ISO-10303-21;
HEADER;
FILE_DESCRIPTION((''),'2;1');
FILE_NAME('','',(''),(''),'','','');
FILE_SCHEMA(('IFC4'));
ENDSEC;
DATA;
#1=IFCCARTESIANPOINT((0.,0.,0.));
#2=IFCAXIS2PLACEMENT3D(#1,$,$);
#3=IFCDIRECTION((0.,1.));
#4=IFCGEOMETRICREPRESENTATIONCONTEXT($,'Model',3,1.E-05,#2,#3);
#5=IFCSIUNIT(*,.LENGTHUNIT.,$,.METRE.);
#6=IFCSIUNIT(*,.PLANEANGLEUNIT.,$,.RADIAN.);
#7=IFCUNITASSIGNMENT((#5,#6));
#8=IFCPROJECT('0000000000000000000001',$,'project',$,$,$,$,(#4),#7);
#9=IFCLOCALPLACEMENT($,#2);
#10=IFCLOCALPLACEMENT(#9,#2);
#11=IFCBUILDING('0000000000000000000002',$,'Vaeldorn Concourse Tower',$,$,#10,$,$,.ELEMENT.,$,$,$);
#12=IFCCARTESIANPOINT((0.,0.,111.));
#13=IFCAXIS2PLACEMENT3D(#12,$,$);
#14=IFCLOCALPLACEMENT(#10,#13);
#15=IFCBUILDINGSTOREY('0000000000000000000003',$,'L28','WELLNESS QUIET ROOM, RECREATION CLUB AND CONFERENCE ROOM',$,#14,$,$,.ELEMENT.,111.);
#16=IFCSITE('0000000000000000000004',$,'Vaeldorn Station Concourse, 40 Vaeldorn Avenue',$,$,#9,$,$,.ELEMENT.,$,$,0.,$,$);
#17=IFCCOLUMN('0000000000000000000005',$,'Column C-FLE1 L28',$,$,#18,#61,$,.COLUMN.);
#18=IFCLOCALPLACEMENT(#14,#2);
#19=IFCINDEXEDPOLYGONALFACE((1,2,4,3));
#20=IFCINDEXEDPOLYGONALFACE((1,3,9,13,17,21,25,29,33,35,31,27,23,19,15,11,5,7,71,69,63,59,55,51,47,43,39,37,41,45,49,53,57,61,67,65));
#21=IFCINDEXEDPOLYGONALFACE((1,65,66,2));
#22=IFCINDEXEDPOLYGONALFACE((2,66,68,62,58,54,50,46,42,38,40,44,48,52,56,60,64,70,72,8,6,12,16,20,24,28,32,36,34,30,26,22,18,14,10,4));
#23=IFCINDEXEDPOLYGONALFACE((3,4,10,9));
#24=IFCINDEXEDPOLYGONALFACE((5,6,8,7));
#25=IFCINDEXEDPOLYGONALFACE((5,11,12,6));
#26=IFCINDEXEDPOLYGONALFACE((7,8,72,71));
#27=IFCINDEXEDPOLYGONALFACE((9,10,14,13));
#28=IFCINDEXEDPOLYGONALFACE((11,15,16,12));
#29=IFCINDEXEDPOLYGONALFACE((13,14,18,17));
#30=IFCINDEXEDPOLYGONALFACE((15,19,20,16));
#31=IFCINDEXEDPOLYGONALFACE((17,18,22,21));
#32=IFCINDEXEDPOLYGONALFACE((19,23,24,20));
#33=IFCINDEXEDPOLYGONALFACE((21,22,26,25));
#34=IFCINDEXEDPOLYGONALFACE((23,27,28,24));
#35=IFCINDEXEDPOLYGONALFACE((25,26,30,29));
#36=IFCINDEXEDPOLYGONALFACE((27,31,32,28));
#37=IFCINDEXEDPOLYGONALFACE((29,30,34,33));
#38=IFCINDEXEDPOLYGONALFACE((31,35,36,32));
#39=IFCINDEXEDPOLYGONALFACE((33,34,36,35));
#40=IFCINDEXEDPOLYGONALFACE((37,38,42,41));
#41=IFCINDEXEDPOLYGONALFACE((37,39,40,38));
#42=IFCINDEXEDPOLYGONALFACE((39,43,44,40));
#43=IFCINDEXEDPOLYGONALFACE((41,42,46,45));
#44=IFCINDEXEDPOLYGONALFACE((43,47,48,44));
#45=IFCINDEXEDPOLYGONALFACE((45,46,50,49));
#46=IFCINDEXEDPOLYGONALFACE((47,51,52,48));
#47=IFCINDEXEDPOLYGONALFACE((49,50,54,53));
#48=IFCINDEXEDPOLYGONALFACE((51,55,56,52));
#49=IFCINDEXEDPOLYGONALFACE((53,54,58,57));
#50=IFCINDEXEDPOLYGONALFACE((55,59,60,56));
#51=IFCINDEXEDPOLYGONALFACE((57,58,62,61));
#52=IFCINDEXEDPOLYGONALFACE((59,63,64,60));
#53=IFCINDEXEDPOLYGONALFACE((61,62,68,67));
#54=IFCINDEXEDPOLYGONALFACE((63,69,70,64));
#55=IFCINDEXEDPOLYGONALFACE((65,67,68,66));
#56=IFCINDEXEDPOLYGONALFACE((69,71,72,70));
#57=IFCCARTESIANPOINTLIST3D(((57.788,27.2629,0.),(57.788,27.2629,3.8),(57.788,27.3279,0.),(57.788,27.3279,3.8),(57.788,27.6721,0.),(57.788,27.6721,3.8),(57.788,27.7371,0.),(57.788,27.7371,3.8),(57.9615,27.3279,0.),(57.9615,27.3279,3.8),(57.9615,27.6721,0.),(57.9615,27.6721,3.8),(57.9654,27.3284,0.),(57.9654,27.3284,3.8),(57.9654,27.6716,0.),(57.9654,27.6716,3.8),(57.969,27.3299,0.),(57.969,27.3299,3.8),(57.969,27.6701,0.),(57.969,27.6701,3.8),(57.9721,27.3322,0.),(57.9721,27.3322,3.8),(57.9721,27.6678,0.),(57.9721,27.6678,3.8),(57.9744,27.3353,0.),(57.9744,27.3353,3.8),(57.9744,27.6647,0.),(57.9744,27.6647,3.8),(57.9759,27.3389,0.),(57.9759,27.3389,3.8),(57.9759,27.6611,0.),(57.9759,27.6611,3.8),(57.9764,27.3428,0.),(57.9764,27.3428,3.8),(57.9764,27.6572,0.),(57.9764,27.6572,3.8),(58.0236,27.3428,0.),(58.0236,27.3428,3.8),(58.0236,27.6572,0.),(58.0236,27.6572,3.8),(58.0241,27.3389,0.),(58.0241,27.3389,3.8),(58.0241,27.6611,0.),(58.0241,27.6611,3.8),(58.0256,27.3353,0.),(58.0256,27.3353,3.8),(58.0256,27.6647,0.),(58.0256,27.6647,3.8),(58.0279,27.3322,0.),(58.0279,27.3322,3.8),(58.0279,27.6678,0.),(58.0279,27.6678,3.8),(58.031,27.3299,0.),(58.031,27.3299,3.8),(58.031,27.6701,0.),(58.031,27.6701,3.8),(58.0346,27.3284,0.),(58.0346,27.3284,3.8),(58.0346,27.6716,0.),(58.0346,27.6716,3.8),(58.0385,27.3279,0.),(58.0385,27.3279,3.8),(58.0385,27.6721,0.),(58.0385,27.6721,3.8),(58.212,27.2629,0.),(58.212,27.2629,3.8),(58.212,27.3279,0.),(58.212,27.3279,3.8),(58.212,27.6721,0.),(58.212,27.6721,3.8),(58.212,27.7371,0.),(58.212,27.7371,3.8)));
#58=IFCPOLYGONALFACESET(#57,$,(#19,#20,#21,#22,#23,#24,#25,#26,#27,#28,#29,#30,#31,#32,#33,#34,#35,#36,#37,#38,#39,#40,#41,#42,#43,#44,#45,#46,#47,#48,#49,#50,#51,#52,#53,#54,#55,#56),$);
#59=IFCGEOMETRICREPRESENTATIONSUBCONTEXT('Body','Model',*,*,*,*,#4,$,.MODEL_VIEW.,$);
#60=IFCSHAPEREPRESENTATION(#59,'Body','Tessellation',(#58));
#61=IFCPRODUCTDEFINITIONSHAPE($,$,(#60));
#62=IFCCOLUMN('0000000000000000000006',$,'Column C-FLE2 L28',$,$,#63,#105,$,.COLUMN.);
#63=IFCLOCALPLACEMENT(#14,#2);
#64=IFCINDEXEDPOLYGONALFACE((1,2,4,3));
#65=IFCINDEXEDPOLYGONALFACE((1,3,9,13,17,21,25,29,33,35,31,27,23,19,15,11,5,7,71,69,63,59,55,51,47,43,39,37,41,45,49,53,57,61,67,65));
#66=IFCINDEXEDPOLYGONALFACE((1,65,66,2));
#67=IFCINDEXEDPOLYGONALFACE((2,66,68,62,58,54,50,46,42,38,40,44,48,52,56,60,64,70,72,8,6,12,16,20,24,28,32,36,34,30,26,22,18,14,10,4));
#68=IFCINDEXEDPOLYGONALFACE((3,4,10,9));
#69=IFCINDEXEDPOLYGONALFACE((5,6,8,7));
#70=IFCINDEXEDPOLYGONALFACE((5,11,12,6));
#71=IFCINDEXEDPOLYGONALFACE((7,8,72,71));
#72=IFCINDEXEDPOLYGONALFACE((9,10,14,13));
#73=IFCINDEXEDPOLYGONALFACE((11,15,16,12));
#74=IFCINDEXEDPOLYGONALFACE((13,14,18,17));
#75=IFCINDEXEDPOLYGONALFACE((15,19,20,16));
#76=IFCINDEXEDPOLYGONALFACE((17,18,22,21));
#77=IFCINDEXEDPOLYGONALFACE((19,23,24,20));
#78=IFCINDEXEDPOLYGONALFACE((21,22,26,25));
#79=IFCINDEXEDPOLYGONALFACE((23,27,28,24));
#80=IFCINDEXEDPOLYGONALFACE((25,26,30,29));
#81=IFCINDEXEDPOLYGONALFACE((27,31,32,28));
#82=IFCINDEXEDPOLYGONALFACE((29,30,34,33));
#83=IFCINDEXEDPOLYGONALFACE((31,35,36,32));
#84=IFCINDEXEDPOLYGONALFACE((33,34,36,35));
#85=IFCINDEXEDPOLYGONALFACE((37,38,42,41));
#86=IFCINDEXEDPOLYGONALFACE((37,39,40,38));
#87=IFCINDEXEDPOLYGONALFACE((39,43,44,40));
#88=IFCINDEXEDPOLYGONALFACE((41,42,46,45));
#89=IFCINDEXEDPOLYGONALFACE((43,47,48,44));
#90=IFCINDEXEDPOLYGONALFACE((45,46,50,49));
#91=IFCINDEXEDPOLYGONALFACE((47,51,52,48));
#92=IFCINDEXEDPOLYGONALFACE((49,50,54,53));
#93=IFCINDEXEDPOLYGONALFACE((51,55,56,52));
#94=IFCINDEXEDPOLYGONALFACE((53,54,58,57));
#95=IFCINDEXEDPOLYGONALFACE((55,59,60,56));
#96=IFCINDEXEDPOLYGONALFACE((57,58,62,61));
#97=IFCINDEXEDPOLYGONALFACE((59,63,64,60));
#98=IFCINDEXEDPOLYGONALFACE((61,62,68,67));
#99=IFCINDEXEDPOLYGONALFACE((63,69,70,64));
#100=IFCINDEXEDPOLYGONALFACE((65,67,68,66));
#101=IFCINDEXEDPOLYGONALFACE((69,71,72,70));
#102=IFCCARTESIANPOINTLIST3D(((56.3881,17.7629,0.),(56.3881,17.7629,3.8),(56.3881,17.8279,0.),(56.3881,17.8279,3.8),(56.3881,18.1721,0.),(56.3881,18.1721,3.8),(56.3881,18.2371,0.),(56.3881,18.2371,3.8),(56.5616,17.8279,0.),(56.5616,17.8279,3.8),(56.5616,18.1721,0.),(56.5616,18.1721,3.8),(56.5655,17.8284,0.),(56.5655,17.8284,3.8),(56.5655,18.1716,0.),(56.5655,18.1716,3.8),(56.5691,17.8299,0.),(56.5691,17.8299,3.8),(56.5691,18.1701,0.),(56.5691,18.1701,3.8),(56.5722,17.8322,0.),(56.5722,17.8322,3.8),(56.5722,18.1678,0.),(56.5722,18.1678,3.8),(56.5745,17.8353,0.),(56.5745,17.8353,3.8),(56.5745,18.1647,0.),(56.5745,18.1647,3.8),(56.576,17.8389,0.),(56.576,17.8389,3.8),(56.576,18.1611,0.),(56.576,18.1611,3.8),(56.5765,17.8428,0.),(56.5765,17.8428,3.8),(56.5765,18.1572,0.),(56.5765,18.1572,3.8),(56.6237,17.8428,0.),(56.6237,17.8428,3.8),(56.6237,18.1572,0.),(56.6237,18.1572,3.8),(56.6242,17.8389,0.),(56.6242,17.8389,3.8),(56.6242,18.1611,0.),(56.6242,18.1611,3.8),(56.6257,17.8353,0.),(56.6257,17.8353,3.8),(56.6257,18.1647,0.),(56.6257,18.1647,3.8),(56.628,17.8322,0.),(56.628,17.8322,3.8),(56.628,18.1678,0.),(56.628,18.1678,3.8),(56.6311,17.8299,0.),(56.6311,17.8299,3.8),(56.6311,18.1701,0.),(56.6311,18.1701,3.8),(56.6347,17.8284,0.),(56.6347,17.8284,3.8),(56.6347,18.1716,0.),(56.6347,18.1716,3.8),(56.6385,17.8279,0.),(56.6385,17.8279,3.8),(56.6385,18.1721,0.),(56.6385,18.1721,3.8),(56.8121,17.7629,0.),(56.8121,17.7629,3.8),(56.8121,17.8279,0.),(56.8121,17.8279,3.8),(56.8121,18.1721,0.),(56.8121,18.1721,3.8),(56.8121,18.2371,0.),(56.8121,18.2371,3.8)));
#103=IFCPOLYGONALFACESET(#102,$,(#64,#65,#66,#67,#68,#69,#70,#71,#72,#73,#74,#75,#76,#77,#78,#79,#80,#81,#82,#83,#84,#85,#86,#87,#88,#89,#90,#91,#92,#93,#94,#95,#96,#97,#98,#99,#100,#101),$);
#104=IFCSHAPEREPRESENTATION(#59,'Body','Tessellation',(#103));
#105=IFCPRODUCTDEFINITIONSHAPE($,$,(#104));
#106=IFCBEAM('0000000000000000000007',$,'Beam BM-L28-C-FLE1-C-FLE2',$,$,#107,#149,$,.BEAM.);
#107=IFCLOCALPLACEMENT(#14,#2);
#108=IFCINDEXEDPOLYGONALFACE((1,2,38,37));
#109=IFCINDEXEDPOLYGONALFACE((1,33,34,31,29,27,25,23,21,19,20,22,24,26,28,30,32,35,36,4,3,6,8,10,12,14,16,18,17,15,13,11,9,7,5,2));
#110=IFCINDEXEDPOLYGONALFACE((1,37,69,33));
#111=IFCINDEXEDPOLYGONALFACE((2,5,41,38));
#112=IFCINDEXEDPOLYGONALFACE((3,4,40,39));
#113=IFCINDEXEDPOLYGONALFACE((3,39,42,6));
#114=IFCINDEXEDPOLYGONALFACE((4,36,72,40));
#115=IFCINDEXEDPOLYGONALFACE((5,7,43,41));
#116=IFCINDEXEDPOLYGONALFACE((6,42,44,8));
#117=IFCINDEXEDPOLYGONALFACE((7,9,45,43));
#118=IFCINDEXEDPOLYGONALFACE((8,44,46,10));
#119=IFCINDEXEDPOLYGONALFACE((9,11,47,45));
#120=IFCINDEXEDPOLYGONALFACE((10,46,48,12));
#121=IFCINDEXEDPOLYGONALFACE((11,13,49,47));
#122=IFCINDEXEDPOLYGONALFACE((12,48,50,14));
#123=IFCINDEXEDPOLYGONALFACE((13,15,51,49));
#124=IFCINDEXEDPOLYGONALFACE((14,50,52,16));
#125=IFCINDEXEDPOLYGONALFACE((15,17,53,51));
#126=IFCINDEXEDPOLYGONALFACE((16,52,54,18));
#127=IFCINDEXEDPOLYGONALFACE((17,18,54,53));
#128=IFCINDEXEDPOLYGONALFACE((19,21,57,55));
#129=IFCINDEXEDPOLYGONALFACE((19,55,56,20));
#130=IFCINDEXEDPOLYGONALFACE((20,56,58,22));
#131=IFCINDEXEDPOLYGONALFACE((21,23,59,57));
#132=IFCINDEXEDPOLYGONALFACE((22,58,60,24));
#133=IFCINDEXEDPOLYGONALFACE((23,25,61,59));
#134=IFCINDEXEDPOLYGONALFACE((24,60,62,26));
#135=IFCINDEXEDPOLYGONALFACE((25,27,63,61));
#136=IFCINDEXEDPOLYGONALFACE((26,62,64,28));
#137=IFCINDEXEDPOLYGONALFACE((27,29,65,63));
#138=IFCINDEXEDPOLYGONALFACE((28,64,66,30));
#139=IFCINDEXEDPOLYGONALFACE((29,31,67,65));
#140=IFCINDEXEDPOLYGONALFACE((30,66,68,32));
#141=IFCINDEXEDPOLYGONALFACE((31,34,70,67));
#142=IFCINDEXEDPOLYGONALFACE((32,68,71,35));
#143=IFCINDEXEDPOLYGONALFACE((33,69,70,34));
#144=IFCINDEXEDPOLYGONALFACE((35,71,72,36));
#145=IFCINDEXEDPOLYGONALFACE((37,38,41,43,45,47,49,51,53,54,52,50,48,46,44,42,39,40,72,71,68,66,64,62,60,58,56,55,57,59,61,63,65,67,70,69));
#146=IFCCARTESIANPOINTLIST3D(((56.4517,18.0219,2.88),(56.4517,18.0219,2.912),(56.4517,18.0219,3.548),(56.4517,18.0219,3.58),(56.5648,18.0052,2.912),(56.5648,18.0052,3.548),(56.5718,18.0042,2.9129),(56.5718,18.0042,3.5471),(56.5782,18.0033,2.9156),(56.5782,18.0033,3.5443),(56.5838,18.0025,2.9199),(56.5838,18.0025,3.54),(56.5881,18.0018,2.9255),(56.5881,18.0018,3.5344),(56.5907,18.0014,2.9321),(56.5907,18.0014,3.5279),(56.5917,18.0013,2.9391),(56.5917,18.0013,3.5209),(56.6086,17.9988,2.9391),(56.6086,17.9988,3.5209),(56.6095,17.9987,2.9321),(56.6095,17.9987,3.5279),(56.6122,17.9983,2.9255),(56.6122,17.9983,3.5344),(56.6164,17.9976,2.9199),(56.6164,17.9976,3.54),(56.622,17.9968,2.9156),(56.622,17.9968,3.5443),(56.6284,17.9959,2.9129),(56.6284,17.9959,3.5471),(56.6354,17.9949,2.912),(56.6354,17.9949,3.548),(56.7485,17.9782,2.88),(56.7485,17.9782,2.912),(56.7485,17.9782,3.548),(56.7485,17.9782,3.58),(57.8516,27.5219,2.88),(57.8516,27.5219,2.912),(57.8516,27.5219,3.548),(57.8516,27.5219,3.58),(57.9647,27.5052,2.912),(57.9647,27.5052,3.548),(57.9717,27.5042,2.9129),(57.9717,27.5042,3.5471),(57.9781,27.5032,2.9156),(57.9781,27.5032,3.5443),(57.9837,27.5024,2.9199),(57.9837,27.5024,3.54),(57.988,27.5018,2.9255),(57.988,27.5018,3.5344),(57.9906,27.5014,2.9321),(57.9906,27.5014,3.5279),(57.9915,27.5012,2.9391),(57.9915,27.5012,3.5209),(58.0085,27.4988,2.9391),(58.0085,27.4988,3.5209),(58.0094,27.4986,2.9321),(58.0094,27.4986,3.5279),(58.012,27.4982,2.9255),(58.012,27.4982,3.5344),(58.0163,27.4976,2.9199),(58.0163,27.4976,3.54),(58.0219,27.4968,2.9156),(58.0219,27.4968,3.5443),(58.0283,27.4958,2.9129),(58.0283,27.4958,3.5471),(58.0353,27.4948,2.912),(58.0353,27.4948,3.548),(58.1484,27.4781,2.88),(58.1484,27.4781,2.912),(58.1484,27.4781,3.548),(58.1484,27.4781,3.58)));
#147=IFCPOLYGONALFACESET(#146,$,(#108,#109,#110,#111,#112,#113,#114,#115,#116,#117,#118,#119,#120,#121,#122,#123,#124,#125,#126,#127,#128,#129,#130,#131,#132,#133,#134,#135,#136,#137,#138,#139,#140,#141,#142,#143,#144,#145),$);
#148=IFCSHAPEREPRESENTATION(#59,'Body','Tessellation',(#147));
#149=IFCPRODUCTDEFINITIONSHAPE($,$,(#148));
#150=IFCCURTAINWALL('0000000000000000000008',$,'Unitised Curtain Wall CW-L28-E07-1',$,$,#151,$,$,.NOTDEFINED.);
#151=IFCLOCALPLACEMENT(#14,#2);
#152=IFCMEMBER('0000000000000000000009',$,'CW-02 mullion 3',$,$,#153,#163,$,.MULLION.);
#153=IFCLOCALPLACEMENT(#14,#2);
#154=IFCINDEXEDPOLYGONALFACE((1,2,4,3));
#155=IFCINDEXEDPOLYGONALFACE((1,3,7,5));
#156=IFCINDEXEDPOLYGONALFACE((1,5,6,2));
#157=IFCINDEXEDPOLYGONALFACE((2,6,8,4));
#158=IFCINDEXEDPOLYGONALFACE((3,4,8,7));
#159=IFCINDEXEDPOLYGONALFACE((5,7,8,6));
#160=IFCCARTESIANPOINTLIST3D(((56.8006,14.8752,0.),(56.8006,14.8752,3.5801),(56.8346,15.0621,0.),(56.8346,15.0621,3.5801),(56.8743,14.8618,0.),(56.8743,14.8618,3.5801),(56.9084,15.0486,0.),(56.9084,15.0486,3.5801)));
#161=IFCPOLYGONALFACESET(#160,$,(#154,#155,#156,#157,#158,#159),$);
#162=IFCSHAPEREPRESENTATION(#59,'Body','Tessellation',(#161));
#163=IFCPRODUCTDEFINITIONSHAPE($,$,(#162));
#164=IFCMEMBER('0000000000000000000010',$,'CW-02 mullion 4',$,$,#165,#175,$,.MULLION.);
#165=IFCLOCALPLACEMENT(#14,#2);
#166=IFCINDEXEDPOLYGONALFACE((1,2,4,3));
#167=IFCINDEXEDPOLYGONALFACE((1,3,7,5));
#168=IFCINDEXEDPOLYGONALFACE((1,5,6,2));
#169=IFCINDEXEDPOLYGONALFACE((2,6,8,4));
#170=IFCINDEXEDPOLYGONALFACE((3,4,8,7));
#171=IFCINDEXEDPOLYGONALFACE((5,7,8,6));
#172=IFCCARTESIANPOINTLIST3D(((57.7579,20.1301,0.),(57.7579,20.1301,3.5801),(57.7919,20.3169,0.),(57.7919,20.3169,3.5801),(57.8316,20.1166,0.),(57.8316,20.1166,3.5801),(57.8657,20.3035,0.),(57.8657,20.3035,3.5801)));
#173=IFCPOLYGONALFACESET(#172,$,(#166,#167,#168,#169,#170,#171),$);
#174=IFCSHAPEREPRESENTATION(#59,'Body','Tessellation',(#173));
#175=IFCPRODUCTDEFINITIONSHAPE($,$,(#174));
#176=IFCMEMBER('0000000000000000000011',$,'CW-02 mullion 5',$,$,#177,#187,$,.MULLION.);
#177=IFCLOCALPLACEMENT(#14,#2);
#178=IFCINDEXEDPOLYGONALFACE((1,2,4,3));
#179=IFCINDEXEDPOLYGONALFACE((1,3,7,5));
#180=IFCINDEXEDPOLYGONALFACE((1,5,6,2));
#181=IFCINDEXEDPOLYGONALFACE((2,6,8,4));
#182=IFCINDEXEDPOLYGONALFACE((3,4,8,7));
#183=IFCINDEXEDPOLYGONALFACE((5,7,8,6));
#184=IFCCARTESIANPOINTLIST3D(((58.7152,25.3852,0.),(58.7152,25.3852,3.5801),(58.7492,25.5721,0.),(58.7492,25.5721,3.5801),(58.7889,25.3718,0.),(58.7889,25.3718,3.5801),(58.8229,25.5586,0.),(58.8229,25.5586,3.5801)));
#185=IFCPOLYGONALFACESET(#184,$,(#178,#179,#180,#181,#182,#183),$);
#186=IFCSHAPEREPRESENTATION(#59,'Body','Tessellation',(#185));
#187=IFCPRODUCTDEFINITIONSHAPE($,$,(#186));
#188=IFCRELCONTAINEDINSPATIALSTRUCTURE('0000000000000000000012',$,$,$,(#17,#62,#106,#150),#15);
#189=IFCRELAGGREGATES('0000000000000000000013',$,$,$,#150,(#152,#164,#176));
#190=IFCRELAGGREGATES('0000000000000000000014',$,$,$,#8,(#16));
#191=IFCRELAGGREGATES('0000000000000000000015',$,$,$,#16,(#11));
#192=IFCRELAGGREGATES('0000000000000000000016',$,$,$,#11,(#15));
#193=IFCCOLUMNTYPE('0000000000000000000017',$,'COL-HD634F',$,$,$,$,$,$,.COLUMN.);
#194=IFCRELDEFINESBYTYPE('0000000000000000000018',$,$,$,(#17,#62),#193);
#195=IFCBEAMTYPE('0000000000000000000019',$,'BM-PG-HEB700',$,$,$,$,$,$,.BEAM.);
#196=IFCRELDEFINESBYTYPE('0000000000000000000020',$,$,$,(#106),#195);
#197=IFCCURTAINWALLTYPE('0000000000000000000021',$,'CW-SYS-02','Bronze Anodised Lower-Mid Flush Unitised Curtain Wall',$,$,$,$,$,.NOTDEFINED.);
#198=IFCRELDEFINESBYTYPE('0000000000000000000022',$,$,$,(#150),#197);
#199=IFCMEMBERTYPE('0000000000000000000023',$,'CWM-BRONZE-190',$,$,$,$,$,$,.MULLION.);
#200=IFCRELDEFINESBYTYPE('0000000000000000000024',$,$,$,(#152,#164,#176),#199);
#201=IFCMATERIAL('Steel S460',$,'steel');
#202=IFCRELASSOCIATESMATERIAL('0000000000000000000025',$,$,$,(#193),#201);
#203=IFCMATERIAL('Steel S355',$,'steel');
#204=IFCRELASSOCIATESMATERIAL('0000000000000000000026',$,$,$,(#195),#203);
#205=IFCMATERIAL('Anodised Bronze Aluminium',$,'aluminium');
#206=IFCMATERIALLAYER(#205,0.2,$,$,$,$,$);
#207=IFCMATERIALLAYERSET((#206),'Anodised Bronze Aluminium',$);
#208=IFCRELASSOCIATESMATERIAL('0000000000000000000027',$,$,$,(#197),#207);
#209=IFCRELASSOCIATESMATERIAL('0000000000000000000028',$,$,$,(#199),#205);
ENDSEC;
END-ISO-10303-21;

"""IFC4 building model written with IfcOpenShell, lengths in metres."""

from ifc_helpers import new_model, si_unit, direction, frame, origin, origin_2d, place, context, subcontext, project, spatial, rectangle, i_section, extrude, source, transform, mapped, material, layer, layer_set, material_profile, profile_set, type_object, element, aggregate, save


model = new_model("IFC4")

# Units and contexts
model_context = context("Model", 3, precision=1e-05, world=origin(), true_north=direction((0.0, 1.0)))
body_context = subcontext(model_context, "Body", "Model", "MODEL_VIEW")
ifc_project = project(units=[si_unit("LENGTHUNIT", "METRE"), si_unit("PLANEANGLEUNIT", "RADIAN")], contexts=[model_context])

# Site, building, storey
site_placement = place(None, origin())
site = spatial("IfcSite", under=ifc_project, at=site_placement, Name="Vaeldorn Station Concourse, 40 Vaeldorn Avenue", CompositionType="ELEMENT", RefElevation=0.0)
building_placement = place(site_placement, origin())
building = spatial("IfcBuilding", under=site, at=building_placement, Name="Vaeldorn Concourse Tower", CompositionType="ELEMENT")
storey_placement = place(building_placement, frame((0.0, 0.0, 111.0)))
storey = spatial("IfcBuildingStorey", under=building, at=storey_placement, Name="L28", Description="WELLNESS QUIET ROOM, RECREATION CLUB AND CONFERENCE ROOM", CompositionType="ELEMENT", Elevation=111.0)

# Columns
ifc_material_1 = material(Name="Steel S460", Category="steel")
ifc_material_profile_1 = material_profile(ifc_material_1, i_section(OverallWidth=0.4241, OverallDepth=0.4741, WebThickness=0.0471, FlangeThickness=0.0649, FilletRadius=0.0149, at=origin_2d()), Name="HD 400x634")
ifc_profile_set_1 = profile_set([ifc_material_profile_1], Name="Steel S460")
column_type = type_object("IfcColumnType", Name="COL-HD634F", PredefinedType="COLUMN", material=ifc_profile_set_1)
shared_shape_1 = source(origin(), body_context, "Body", "SweptSolid", [
    extrude(i_section(OverallWidth=0.4241, OverallDepth=0.4741, WebThickness=0.0471, FlangeThickness=0.0649, FilletRadius=0.0149, at=origin_2d()), origin(), (0.0, 0.0, 1.0), 3.8),
])
for number, where, z_axis, x_axis, name in (
    (1, (58.0, 27.5, 0.0), (0.0, 0.0, 1.0), (1.0, 0.0, 0.0), "Column C-FLE1 L28"),
    (2, (56.6001, 18.0, 0.0), (0.0, 0.0, 1.0), (1.0, 0.0, 0.0), "Column C-FLE2 L28"),
):
    element("IfcColumn", number, at=place(storey_placement, frame(where, z_axis=z_axis, x_axis=x_axis)), inside=storey, type_object=column_type, Name=name, PredefinedType="COLUMN", context=body_context, shape_type="MappedRepresentation", body=[
        mapped(shared_shape_1, transform((0.0, 0.0, 0.0), scale=1.0)),
    ])

# Beam
ifc_material_2 = material(Name="Steel S355", Category="steel")
ifc_material_profile_2 = material_profile(ifc_material_2, i_section(OverallWidth=0.3, OverallDepth=0.7, WebThickness=0.0171, FlangeThickness=0.032, FilletRadius=0.0271, at=origin_2d()), Name="HEB 700")
ifc_profile_set_2 = profile_set([ifc_material_profile_2], Name="Steel S355")
beam_type = type_object("IfcBeamType", Name="BM-PG-HEB700", PredefinedType="BEAM", material=ifc_profile_set_2)
shared_shape_2 = source(origin(), body_context, "Body", "SweptSolid", [
    extrude(i_section(OverallWidth=0.3, OverallDepth=0.7, WebThickness=0.0171, FlangeThickness=0.032, FilletRadius=0.0271, at=origin_2d()), origin(), (0.0, 0.0, 1.0), 9.6025),
])
beam_placement = place(storey_placement, frame((58.0, 27.5, 3.23), z_axis=(-0.145784, -0.989316, 0.0), x_axis=(0.989316, -0.145784, 0.0)))
element("IfcBeam", 3, at=beam_placement, inside=storey, type_object=beam_type, Name="Beam BM-L28-C-FLE1-C-FLE2", PredefinedType="BEAM", context=body_context, shape_type="MappedRepresentation", body=[
    mapped(shared_shape_2, transform((0.0, 0.0, 0.0), scale=1.0)),
])

# Curtain wall, members
ifc_material_3 = material(Name="Anodised Bronze Aluminium", Category="aluminium")
ifc_layer_1 = layer(ifc_material_3, 0.2)
ifc_layer_set_1 = layer_set([ifc_layer_1], Name="Anodised Bronze Aluminium")
curtain_wall_type = type_object("IfcCurtainWallType", Name="CW-SYS-02", Description="Bronze Anodised Lower-Mid Flush Unitised Curtain Wall", PredefinedType="NOTDEFINED", material=ifc_layer_set_1)
curtain_wall_placement = place(storey_placement, origin())
curtain_wall = element("IfcCurtainWall", 4, at=curtain_wall_placement, inside=storey, type_object=curtain_wall_type, Name="Unitised Curtain Wall CW-L28-E07-1", PredefinedType="NOTDEFINED")
ifc_material_profile_3 = material_profile(ifc_material_3, rectangle(XDim=0.075, YDim=0.1899, at=origin_2d()), Name="CWM 75x190")
ifc_profile_set_3 = profile_set([ifc_material_profile_3], Name="Anodised Bronze Aluminium")
member_type_1 = type_object("IfcMemberType", Name="CWM-BRONZE-190", PredefinedType="MULLION", material=ifc_profile_set_3)
shared_shape_3 = source(origin(), body_context, "Body", "SweptSolid", [
    extrude(rectangle(XDim=0.075, YDim=0.1899, at=origin_2d()), origin(), (0.0, 0.0, 1.0), 3.5801),
])
member_1_placement = place(storey_placement, frame((56.8545, 14.9619, 0.0), z_axis=(0.0, 0.0, 1.0), x_axis=(-0.983812, 0.179206, 0.0)))
member_1 = element("IfcMember", 5, at=member_1_placement, type_object=member_type_1, Name="CW-02 mullion 3", PredefinedType="MULLION", context=body_context, shape_type="MappedRepresentation", body=[
    mapped(shared_shape_3, transform((0.0, 0.0, 0.0), scale=1.0)),
])
member_2_placement = place(storey_placement, frame((57.8118, 20.2168, 0.0), z_axis=(0.0, 0.0, 1.0), x_axis=(-0.983812, 0.179206, 0.0)))
member_2 = element("IfcMember", 6, at=member_2_placement, type_object=member_type_1, Name="CW-02 mullion 4", PredefinedType="MULLION", context=body_context, shape_type="MappedRepresentation", body=[
    mapped(shared_shape_3, transform((0.0, 0.0, 0.0), scale=1.0)),
])
member_3_placement = place(storey_placement, frame((58.769, 25.4719, 0.0), z_axis=(0.0, 0.0, 1.0), x_axis=(-0.983812, 0.179206, 0.0)))
member_3 = element("IfcMember", 7, at=member_3_placement, type_object=member_type_1, Name="CW-02 mullion 5", PredefinedType="MULLION", context=body_context, shape_type="MappedRepresentation", body=[
    mapped(shared_shape_3, transform((0.0, 0.0, 0.0), scale=1.0)),
])
aggregate(curtain_wall, [member_1, member_2, member_3])

save(model, "model.ifc")
